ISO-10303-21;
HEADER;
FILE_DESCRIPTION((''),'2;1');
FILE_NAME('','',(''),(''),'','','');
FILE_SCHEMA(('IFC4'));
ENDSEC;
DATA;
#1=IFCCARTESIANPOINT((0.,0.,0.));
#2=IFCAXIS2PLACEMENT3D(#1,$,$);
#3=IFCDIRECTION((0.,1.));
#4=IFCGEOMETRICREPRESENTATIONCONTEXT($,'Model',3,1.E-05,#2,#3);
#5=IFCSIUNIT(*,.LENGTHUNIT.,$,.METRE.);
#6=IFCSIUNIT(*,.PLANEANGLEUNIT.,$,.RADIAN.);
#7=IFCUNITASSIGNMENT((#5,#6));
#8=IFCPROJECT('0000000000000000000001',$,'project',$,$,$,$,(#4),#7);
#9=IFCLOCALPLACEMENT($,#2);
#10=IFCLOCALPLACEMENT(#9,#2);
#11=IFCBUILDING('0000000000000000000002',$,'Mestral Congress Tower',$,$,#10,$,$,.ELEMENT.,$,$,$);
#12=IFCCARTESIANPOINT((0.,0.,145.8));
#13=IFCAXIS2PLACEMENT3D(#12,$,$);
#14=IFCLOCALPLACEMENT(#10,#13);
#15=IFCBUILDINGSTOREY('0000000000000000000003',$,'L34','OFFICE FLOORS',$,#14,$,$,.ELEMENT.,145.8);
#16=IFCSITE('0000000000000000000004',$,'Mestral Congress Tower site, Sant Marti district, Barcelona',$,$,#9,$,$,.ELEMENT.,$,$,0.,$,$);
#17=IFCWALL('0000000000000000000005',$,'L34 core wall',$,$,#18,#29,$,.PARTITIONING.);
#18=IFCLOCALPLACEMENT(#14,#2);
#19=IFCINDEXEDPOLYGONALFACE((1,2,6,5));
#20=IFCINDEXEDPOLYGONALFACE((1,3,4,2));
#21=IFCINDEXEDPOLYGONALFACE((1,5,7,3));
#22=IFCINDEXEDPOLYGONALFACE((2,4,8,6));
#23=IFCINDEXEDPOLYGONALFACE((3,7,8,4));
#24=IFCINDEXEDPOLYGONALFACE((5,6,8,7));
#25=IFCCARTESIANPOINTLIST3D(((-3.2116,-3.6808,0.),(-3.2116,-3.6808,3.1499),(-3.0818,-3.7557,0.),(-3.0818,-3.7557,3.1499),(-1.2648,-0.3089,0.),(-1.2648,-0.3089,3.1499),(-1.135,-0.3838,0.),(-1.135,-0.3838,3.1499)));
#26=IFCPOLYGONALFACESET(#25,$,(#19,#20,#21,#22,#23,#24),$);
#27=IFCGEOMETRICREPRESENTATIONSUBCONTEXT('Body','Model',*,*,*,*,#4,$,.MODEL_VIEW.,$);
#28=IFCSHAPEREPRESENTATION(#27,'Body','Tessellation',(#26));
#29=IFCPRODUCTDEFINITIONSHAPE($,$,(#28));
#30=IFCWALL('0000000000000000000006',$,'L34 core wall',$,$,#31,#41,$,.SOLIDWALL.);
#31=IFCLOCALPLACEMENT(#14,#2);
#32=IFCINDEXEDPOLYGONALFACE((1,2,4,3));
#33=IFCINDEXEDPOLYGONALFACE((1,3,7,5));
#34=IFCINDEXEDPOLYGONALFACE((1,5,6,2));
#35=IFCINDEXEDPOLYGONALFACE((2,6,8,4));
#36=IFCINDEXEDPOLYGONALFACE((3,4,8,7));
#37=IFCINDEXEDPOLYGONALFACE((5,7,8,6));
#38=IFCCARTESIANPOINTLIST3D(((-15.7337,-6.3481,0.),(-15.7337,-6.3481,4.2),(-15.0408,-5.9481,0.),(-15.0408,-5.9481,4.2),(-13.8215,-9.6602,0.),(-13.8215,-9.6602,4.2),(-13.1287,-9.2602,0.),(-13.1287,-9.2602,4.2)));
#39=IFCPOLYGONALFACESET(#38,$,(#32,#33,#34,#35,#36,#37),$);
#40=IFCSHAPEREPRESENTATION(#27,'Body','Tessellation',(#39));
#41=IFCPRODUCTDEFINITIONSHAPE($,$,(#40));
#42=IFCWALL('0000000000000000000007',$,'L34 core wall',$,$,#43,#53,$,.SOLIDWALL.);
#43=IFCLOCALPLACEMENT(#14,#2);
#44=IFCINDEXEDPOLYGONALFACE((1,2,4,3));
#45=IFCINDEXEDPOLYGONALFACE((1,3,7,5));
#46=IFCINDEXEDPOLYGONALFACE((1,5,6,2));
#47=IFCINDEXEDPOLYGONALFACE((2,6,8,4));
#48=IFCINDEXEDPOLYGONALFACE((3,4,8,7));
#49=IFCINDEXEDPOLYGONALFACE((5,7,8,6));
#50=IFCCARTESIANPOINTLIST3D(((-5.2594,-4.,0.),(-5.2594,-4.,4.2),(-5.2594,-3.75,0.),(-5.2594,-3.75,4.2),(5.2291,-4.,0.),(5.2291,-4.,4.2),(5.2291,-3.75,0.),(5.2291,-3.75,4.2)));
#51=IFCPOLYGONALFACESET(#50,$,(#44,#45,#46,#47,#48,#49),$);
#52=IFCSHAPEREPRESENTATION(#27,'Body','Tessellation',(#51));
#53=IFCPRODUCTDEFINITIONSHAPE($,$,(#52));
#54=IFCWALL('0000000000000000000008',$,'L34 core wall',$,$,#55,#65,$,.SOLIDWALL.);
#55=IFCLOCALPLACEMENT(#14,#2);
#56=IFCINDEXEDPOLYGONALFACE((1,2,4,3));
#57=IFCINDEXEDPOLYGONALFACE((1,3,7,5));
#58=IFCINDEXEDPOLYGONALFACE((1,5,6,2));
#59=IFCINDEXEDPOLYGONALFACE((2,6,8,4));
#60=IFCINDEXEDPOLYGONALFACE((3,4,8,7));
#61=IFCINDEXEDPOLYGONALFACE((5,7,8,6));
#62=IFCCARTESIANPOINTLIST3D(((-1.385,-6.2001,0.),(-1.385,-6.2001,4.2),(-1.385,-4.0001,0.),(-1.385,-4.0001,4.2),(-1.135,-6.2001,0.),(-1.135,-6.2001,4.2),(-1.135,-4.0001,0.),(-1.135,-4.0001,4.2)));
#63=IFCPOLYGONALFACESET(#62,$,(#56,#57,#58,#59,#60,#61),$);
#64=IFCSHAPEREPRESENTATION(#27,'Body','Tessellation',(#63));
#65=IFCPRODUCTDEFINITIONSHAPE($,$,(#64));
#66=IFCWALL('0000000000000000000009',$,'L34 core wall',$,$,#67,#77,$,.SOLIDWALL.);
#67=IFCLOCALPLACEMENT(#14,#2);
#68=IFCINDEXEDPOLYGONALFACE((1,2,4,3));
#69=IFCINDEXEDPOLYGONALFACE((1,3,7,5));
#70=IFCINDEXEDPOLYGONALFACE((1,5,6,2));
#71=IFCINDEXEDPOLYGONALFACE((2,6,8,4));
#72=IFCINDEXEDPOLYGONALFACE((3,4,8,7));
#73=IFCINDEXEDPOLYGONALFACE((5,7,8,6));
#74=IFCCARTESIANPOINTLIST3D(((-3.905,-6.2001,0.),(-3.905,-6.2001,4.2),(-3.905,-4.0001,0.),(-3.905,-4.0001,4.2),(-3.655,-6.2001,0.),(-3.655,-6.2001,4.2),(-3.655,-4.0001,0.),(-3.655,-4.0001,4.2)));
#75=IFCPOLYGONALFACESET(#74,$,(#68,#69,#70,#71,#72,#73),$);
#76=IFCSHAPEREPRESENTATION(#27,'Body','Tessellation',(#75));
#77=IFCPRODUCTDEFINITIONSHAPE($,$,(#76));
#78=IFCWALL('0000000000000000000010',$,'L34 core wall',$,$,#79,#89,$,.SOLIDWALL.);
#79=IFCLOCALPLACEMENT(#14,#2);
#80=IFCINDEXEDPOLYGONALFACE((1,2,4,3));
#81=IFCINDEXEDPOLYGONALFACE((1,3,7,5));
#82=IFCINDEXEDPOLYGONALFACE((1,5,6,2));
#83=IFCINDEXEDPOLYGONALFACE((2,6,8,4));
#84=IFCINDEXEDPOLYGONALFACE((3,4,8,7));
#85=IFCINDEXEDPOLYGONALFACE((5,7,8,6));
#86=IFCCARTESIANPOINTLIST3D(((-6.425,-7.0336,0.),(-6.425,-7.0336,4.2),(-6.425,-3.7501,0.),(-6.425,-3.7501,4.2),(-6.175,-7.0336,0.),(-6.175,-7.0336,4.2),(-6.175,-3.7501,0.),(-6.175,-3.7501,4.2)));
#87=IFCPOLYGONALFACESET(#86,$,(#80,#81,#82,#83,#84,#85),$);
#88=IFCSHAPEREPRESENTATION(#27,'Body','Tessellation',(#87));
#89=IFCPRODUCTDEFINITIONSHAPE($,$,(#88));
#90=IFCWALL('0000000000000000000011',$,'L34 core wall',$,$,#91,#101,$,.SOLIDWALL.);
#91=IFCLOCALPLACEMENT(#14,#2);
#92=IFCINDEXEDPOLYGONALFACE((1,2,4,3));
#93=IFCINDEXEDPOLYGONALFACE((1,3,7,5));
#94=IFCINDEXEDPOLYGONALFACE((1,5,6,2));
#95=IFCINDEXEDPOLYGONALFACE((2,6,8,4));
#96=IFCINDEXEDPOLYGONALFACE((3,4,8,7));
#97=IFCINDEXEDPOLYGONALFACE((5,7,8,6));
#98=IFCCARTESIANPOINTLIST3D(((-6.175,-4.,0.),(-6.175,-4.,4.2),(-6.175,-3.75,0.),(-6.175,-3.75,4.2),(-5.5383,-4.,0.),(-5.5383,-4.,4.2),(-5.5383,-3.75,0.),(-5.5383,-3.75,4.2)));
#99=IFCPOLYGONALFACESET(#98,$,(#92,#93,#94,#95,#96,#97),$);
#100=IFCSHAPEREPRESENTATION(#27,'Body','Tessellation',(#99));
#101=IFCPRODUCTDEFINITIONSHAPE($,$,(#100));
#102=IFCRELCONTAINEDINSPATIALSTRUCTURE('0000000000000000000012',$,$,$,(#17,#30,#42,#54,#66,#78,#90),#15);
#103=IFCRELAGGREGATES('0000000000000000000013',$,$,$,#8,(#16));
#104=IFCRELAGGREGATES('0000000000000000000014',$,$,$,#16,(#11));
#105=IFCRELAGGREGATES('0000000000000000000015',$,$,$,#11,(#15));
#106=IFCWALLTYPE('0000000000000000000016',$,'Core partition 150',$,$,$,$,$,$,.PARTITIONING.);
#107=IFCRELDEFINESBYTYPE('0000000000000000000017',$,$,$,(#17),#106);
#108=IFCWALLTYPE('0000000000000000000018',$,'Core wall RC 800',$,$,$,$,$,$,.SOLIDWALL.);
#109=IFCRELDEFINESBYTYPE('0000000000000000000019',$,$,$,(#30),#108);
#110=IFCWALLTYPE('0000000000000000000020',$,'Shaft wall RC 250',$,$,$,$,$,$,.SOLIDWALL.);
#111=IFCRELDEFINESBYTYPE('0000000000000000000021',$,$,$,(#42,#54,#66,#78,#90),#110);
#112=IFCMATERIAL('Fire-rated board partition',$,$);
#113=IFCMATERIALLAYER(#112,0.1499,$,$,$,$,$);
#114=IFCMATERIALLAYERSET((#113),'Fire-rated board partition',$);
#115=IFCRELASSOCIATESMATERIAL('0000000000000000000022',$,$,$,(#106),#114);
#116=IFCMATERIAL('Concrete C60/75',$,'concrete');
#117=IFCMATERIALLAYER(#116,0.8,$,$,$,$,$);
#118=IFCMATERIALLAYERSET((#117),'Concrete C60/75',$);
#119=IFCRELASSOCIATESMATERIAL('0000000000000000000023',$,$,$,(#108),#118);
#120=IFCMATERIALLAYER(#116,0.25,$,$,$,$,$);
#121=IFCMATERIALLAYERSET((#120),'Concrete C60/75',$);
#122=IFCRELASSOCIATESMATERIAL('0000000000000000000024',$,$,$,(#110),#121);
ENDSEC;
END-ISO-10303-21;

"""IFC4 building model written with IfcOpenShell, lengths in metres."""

from ifc_helpers import new_model, si_unit, direction, frame, frame_2d, origin, place, context, subcontext, project, spatial, rectangle, extrude, material, layer, layer_set, type_object, element, save


model = new_model("IFC4")

# Units and contexts
model_context = context("Model", 3, precision=1e-05, world=origin(), true_north=direction((0.0, 1.0)))
body_context = subcontext(model_context, "Body", "Model", "MODEL_VIEW")
ifc_project = project(units=[si_unit("LENGTHUNIT", "METRE"), si_unit("PLANEANGLEUNIT", "RADIAN")], contexts=[model_context])

# Site, building, storey
site_placement = place(None, origin())
site = spatial("IfcSite", under=ifc_project, at=site_placement, Name="Mestral Congress Tower site, Sant Marti district, Barcelona", CompositionType="ELEMENT", RefElevation=0.0)
building_placement = place(site_placement, origin())
building = spatial("IfcBuilding", under=site, at=building_placement, Name="Mestral Congress Tower", CompositionType="ELEMENT")
storey_placement = place(building_placement, frame((0.0, 0.0, 145.8)))
storey = spatial("IfcBuildingStorey", under=building, at=storey_placement, Name="L34", Description="OFFICE FLOORS", CompositionType="ELEMENT", Elevation=145.8)

# Walls
ifc_material_1 = material(Name="Fire-rated board partition")
ifc_layer_1 = layer(ifc_material_1, 0.1499)
ifc_layer_set_1 = layer_set([ifc_layer_1], Name="Fire-rated board partition")
wall_type_1 = type_object("IfcWallType", Name="Core partition 150", PredefinedType="PARTITIONING", material=ifc_layer_set_1)
wall_1_placement = place(storey_placement, frame((-3.1467, -3.7183, 0.0), z_axis=(0.0, 0.0, 1.0), x_axis=(0.50001, 0.86602, 0.0)))
element("IfcWall", 1, at=wall_1_placement, inside=storey, type_object=wall_type_1, Name="L34 core wall", PredefinedType="PARTITIONING", context=body_context, shape_type="SweptSolid", body=[
    extrude(rectangle(XDim=3.8936, YDim=0.1499, at=frame_2d((1.9468, 0.0))), origin(), (0.0, 0.0, 1.0), 3.1499),
])
ifc_material_2 = material(Name="Concrete C60/75", Category="concrete")
ifc_layer_2 = layer(ifc_material_2, 0.8)
ifc_layer_set_2 = layer_set([ifc_layer_2], Name="Concrete C60/75")
wall_type_2 = type_object("IfcWallType", Name="Core wall RC 800", PredefinedType="SOLIDWALL", material=ifc_layer_set_2)
wall_2_placement = place(storey_placement, frame((-15.3872, -6.1482, 0.0), z_axis=(0.0, 0.0, 1.0), x_axis=(0.499984, -0.866035, 0.0)))
element("IfcWall", 2, at=wall_2_placement, inside=storey, type_object=wall_type_2, Name="L34 core wall", PredefinedType="SOLIDWALL", context=body_context, shape_type="SweptSolid", body=[
    extrude(rectangle(XDim=3.8245, YDim=0.8, at=frame_2d((1.9121, 0.0))), origin(), (0.0, 0.0, 1.0), 4.2),
])
ifc_layer_3 = layer(ifc_material_2, 0.25)
ifc_layer_set_3 = layer_set([ifc_layer_3], Name="Concrete C60/75")
wall_type_3 = type_object("IfcWallType", Name="Shaft wall RC 250", PredefinedType="SOLIDWALL", material=ifc_layer_set_3)
wall_3_placement = place(storey_placement, frame((-5.2593, -3.875, 0.0), z_axis=(0.0, 0.0, 1.0), x_axis=(1.0, 0.0, 0.0)))
element("IfcWall", 3, at=wall_3_placement, inside=storey, type_object=wall_type_3, Name="L34 core wall", PredefinedType="SOLIDWALL", context=body_context, shape_type="SweptSolid", body=[
    extrude(rectangle(XDim=10.4885, YDim=0.25, at=frame_2d((5.2441, 0.0))), origin(), (0.0, 0.0, 1.0), 4.2),
])
for number, where, z_axis, x_axis, name in (
    (4, (-1.26, -4.0, 0.0), (0.0, 0.0, 1.0), (0.0, -1.0, 0.0), "L34 core wall"),
    (5, (-3.78, -4.0, 0.0), (0.0, 0.0, 1.0), (0.0, -1.0, 0.0), "L34 core wall"),
):
    element("IfcWall", number, at=place(storey_placement, frame(where, z_axis=z_axis, x_axis=x_axis)), inside=storey, type_object=wall_type_3, Name=name, PredefinedType="SOLIDWALL", context=body_context, shape_type="SweptSolid", body=[
        extrude(rectangle(XDim=2.2, YDim=0.25, at=frame_2d((1.1001, 0.0))), origin(), (0.0, 0.0, 1.0), 4.2),
    ])
wall_4_placement = place(storey_placement, frame((-6.3, -7.0334, 0.0), z_axis=(0.0, 0.0, 1.0), x_axis=(0.0, 1.0, 0.0)))
element("IfcWall", 6, at=wall_4_placement, inside=storey, type_object=wall_type_3, Name="L34 core wall", PredefinedType="SOLIDWALL", context=body_context, shape_type="SweptSolid", body=[
    extrude(rectangle(XDim=3.2834, YDim=0.25, at=frame_2d((1.6416, 0.0))), origin(), (0.0, 0.0, 1.0), 4.2),
])
wall_5_placement = place(storey_placement, frame((-6.175, -3.875, 0.0), z_axis=(0.0, 0.0, 1.0), x_axis=(1.0, 0.0, 0.0)))
element("IfcWall", 7, at=wall_5_placement, inside=storey, type_object=wall_type_3, Name="L34 core wall", PredefinedType="SOLIDWALL", context=body_context, shape_type="SweptSolid", body=[
    extrude(rectangle(XDim=0.6367, YDim=0.25, at=frame_2d((0.3184, 0.0))), origin(), (0.0, 0.0, 1.0), 4.2),
])

save(model, "model.ifc")
